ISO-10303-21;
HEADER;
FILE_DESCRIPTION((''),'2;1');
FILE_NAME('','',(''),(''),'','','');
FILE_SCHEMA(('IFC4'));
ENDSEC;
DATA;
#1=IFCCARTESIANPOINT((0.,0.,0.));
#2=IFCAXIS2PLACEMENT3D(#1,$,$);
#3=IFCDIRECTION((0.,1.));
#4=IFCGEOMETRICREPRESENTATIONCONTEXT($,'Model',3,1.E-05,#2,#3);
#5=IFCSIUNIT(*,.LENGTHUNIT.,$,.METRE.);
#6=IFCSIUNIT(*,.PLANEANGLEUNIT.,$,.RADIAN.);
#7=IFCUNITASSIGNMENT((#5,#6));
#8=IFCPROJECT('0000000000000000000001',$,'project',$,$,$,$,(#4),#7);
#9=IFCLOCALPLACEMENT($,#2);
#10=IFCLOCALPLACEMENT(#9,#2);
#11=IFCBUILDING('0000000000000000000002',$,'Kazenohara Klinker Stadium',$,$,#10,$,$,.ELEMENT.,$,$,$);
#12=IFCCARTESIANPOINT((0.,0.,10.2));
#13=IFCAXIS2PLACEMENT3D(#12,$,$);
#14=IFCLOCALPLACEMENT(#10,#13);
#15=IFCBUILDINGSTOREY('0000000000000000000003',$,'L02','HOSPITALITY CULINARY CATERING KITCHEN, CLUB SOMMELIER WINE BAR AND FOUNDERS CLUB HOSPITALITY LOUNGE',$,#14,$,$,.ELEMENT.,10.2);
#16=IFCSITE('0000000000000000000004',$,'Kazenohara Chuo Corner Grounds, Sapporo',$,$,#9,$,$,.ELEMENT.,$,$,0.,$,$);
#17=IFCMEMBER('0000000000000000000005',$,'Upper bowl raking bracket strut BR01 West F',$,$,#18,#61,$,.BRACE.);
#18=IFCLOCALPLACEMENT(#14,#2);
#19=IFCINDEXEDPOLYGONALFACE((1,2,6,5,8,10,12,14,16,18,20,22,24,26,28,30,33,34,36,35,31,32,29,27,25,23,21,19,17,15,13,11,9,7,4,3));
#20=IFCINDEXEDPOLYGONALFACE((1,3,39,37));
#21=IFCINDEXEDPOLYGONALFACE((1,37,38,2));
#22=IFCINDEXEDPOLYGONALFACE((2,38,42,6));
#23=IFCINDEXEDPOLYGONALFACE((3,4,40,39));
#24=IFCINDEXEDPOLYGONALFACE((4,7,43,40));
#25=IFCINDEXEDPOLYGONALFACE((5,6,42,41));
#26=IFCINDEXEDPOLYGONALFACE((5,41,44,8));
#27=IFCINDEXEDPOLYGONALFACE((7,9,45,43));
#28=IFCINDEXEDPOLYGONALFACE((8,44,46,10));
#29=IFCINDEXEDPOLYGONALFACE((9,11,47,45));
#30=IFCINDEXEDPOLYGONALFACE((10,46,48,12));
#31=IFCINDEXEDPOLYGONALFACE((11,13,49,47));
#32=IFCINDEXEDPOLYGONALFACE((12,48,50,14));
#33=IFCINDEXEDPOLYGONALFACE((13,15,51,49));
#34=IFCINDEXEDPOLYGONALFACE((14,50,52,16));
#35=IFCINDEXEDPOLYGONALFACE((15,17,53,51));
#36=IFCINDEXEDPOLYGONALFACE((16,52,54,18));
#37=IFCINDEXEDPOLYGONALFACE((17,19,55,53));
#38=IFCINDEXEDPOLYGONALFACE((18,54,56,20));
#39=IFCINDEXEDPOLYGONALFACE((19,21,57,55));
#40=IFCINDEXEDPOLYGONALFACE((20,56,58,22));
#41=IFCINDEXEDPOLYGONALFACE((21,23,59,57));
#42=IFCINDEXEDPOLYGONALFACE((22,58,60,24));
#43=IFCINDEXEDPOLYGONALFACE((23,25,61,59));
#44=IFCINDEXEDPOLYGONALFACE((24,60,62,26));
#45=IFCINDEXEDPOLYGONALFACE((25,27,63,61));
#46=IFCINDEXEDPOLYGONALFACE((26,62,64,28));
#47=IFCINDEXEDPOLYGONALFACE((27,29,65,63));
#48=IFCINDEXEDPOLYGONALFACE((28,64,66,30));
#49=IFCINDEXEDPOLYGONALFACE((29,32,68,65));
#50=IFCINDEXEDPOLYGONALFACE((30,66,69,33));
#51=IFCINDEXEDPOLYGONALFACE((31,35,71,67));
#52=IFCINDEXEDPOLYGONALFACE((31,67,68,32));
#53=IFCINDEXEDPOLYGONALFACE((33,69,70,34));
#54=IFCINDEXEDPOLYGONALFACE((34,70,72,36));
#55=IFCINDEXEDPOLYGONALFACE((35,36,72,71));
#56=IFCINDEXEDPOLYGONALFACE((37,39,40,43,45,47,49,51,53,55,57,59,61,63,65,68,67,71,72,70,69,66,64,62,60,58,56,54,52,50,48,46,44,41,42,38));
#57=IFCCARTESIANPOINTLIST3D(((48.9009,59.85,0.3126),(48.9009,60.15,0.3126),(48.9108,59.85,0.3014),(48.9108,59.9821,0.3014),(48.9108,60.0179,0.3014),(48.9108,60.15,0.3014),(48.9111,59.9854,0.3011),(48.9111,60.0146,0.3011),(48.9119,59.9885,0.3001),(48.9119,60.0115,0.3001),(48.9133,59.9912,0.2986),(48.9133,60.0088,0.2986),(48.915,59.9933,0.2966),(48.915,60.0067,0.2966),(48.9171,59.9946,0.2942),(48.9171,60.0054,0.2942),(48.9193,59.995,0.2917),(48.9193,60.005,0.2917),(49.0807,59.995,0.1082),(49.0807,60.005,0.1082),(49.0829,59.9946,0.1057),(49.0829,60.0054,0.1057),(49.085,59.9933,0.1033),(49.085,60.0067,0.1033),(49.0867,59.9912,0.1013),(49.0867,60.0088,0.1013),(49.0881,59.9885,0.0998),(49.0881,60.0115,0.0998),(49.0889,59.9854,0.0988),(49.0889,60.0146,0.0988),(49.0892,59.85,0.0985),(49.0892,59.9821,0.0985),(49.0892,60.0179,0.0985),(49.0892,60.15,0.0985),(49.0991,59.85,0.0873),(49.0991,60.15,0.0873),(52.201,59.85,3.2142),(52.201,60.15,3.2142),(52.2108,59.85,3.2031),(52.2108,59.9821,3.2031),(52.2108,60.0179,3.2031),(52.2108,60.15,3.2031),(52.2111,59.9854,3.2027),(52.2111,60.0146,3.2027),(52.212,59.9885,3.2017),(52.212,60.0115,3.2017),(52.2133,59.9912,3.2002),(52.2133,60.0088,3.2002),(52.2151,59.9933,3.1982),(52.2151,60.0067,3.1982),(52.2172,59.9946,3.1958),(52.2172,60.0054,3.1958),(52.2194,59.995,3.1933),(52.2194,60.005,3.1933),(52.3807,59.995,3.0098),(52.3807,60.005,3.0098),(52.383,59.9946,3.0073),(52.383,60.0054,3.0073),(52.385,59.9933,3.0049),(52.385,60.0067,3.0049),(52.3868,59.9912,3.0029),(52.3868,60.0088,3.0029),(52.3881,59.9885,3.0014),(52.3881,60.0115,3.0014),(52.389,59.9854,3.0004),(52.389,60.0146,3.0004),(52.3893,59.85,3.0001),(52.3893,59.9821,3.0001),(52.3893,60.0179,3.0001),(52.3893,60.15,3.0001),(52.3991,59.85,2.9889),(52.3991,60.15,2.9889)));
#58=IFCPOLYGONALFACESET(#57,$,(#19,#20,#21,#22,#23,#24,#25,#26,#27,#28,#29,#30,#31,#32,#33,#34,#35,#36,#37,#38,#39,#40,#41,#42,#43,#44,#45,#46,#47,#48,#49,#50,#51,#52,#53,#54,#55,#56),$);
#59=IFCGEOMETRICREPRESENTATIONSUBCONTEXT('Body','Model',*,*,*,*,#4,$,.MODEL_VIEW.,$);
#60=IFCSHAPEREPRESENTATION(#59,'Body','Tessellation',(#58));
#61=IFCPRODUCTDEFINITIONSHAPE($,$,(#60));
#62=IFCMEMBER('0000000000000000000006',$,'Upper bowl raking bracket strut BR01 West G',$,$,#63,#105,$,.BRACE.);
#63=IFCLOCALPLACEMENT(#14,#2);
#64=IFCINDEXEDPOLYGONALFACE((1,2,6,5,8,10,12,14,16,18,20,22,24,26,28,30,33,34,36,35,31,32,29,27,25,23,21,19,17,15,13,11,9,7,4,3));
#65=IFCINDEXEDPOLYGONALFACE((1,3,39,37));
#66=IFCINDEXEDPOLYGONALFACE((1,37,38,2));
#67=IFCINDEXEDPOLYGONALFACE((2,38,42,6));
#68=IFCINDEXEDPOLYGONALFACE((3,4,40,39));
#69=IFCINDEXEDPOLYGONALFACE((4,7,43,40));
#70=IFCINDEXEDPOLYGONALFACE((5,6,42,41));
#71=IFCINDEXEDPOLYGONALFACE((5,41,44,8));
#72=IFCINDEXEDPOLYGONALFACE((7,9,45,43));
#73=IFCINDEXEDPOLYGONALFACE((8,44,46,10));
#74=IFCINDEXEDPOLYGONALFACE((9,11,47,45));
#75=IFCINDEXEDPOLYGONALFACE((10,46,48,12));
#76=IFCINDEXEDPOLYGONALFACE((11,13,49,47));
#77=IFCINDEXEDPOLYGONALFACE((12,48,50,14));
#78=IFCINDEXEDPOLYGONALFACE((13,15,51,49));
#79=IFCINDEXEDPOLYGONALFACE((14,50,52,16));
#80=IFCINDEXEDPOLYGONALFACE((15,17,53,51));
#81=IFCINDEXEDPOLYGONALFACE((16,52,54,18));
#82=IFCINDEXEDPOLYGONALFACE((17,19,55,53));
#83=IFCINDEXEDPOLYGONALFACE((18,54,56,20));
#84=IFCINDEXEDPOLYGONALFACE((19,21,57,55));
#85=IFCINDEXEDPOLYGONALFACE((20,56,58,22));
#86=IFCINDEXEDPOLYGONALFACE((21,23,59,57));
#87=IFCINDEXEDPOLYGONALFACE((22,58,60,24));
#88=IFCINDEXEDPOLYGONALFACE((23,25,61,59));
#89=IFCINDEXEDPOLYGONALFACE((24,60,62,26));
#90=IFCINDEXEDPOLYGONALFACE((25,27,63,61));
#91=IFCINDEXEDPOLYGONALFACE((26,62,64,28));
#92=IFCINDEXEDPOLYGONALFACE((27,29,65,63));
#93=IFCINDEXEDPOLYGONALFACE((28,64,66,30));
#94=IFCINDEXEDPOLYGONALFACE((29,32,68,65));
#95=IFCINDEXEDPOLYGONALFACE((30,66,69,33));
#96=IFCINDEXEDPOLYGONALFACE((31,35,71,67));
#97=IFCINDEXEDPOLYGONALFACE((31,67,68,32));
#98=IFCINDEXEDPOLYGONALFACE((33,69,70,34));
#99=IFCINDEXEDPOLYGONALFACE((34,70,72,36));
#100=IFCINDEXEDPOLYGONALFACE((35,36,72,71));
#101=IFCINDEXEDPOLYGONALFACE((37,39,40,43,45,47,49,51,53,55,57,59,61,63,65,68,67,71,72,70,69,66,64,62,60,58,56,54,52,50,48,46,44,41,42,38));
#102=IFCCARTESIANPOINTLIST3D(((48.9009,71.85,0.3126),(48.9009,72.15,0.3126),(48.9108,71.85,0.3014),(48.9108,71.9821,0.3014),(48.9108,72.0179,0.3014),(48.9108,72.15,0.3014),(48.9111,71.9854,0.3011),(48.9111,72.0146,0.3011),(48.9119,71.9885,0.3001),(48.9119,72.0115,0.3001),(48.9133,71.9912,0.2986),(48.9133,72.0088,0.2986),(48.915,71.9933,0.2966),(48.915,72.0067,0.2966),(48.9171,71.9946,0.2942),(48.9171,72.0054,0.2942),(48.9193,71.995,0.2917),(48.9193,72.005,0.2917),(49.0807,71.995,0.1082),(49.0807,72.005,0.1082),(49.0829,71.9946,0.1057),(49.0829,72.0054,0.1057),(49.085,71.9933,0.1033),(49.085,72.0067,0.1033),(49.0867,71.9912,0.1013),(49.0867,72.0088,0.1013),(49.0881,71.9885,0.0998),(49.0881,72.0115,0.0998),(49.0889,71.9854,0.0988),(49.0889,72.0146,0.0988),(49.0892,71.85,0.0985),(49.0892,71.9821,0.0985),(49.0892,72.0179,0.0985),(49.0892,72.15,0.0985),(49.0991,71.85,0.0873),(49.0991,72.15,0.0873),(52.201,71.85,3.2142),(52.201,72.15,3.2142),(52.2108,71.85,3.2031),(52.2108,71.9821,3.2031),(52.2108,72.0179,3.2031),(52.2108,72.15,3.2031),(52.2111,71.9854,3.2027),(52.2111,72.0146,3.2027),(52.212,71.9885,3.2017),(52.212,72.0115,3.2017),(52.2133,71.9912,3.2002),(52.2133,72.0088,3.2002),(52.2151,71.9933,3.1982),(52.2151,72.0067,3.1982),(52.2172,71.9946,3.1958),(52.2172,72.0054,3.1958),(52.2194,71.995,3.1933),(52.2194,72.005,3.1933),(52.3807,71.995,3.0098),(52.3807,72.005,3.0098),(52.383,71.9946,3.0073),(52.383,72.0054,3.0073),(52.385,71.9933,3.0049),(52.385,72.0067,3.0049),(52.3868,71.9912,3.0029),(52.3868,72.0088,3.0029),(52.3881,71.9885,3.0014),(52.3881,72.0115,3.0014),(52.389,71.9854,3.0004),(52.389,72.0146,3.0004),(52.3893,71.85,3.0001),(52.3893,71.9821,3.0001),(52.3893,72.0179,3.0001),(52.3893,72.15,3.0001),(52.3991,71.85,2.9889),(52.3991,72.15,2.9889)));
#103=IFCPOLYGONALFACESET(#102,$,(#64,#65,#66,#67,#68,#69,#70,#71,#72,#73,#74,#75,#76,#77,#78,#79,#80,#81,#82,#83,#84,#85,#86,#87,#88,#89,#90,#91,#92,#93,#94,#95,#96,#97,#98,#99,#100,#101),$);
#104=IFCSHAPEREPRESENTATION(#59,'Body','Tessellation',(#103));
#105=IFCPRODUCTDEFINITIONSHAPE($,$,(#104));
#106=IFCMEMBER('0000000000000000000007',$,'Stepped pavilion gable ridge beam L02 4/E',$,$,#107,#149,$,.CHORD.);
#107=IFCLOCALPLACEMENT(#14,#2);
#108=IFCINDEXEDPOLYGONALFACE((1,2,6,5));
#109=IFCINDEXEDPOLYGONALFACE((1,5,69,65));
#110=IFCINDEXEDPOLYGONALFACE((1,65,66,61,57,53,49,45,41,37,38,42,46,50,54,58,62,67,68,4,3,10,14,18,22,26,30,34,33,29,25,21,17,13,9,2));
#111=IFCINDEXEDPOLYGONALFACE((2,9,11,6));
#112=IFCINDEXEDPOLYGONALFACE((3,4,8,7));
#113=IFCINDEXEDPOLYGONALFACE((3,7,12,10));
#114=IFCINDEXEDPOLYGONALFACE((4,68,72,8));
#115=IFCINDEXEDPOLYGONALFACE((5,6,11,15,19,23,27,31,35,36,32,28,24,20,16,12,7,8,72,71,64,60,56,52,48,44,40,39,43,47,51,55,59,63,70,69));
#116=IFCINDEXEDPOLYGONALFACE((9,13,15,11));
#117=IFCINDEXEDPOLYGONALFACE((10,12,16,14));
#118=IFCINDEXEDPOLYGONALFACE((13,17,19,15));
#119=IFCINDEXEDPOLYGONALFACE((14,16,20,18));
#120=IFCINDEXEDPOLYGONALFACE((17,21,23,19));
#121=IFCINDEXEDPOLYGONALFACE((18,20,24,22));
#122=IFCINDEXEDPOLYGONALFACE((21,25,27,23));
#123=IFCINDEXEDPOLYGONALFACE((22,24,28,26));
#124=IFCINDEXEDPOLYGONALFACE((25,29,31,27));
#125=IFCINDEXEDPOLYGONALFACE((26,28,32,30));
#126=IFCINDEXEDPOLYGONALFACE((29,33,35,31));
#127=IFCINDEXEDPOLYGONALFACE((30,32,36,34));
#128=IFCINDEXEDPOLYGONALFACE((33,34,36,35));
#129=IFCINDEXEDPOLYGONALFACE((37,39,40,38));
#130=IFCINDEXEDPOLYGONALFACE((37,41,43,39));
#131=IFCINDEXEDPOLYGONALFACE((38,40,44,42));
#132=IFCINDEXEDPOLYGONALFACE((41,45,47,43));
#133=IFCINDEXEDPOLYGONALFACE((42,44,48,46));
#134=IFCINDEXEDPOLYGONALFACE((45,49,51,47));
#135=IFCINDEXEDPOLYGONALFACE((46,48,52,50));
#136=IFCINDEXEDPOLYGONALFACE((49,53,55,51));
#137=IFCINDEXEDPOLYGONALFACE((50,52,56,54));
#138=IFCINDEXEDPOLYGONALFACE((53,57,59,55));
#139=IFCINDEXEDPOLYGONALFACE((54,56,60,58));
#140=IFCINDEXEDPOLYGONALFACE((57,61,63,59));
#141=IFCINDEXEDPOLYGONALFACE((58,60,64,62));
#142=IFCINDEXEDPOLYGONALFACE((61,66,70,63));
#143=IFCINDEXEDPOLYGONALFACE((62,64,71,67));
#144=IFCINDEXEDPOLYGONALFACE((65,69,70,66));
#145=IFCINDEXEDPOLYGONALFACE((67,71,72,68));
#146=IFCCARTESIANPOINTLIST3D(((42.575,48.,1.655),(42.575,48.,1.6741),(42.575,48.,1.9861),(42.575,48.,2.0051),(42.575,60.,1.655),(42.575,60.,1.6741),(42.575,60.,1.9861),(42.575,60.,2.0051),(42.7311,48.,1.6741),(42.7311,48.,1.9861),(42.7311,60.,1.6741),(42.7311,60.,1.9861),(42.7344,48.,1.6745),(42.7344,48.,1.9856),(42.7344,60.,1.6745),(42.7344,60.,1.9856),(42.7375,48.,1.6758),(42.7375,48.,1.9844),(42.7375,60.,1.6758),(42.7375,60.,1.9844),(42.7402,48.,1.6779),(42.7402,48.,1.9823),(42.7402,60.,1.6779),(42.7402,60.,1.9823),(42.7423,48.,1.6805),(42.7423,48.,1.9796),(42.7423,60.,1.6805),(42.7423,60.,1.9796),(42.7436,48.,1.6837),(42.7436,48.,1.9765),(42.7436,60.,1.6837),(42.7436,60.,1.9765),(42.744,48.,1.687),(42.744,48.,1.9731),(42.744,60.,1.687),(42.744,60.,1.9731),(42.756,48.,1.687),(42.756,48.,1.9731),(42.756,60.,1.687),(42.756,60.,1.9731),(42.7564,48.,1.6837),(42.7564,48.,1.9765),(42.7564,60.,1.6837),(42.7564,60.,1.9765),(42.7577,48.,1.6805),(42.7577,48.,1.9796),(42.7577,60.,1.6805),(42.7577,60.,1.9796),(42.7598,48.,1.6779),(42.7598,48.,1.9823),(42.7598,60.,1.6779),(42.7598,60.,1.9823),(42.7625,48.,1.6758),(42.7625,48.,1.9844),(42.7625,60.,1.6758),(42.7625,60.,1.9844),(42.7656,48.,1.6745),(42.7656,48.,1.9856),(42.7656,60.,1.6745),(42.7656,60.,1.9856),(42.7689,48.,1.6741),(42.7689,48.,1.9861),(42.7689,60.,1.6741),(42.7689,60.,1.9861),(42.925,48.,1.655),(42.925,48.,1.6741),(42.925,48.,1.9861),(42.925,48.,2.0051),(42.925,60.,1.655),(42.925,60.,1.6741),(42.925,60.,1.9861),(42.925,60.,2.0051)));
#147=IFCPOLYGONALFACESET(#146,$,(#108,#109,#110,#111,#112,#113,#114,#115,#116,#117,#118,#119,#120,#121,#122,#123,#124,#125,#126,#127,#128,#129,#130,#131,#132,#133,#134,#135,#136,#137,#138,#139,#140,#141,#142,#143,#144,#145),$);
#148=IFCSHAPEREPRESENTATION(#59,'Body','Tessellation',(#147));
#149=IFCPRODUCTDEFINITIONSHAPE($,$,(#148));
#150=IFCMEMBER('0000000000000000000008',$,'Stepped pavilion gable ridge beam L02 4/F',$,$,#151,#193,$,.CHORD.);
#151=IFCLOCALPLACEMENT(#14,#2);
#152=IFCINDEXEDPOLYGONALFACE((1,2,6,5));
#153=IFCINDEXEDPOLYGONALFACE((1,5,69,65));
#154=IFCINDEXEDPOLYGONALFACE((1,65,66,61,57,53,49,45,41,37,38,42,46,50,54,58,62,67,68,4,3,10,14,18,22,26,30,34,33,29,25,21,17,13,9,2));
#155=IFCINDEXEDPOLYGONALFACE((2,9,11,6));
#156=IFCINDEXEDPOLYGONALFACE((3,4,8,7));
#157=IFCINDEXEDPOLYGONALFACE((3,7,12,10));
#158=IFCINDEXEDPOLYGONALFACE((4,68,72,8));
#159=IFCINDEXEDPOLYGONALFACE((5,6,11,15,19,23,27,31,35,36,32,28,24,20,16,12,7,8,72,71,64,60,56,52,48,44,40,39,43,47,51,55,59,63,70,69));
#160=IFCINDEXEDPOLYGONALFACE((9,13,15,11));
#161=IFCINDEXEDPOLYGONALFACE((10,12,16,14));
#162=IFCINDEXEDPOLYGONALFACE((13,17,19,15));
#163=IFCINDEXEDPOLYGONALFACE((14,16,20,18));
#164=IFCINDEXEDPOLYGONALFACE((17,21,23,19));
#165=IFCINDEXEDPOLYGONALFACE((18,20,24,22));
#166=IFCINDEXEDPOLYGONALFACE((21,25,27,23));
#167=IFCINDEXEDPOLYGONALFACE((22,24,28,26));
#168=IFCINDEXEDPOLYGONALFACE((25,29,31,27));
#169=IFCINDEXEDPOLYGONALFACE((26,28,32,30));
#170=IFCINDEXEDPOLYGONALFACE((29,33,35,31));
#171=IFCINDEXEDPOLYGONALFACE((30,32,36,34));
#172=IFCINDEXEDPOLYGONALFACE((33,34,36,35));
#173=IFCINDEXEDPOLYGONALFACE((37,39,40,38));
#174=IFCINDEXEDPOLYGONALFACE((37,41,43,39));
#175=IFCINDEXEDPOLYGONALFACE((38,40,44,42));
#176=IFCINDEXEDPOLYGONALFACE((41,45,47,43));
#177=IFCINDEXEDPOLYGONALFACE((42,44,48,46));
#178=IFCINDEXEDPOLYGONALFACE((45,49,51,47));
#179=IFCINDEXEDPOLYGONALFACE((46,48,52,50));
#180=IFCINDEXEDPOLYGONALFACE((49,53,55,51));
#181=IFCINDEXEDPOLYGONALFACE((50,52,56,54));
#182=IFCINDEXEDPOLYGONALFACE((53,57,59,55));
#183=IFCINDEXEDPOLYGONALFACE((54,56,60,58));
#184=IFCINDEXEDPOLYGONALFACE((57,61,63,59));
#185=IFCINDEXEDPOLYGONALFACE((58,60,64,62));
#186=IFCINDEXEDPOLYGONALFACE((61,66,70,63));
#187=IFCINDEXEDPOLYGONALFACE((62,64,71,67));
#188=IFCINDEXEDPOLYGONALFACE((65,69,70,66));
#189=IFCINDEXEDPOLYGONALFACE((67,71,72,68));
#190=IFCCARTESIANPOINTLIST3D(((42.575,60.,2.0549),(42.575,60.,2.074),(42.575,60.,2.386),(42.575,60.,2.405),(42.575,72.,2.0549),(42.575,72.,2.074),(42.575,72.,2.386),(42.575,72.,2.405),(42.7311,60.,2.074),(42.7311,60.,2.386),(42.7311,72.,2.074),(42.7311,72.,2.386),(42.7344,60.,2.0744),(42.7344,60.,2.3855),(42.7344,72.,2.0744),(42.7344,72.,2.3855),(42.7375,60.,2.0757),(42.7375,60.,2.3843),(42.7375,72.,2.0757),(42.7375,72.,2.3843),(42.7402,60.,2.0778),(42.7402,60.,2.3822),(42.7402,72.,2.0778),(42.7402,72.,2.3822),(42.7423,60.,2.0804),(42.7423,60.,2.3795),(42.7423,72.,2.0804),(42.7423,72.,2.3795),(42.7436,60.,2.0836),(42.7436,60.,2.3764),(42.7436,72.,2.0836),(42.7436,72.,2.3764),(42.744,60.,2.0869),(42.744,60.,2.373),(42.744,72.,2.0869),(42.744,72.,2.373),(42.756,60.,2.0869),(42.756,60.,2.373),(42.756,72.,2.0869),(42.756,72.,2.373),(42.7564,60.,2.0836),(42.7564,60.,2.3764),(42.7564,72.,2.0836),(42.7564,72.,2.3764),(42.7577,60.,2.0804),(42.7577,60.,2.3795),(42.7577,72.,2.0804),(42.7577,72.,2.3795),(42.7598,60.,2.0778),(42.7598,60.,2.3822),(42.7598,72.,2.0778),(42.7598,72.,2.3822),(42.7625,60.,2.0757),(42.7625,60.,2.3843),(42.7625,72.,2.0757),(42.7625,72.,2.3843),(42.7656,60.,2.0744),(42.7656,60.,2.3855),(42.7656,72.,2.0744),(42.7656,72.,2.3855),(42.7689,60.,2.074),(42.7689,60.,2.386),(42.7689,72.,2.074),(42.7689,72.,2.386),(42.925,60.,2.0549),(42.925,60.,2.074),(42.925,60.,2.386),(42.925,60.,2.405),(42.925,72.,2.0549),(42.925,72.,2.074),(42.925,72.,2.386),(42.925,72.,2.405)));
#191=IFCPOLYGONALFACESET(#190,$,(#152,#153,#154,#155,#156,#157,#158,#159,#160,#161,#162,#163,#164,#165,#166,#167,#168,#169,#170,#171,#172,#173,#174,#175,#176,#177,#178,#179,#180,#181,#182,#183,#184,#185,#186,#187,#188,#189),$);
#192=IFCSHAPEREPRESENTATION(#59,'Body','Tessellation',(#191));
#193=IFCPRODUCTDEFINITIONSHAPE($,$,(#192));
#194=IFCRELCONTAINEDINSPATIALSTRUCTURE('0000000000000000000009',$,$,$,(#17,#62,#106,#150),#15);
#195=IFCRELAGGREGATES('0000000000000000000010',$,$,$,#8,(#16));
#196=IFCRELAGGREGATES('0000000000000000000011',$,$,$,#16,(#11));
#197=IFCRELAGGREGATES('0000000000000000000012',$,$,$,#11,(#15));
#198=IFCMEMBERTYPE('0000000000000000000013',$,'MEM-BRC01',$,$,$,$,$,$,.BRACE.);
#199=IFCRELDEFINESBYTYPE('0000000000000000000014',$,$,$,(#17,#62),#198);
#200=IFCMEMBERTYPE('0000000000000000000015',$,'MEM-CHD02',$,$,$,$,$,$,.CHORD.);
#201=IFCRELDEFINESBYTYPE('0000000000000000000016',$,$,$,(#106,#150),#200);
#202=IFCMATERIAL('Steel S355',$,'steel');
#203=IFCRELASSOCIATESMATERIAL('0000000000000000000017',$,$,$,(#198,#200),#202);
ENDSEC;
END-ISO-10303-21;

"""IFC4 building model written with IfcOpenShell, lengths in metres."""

from ifc_helpers import new_model, si_unit, direction, frame, origin, origin_2d, place, context, subcontext, project, spatial, i_section, extrude, material, material_profile, profile_set, type_object, element, save


model = new_model("IFC4")

# Units and contexts
model_context = context("Model", 3, precision=1e-05, world=origin(), true_north=direction((0.0, 1.0)))
body_context = subcontext(model_context, "Body", "Model", "MODEL_VIEW")
ifc_project = project(units=[si_unit("LENGTHUNIT", "METRE"), si_unit("PLANEANGLEUNIT", "RADIAN")], contexts=[model_context])

# Site, building, storey
site_placement = place(None, origin())
site = spatial("IfcSite", under=ifc_project, at=site_placement, Name="Kazenohara Chuo Corner Grounds, Sapporo", CompositionType="ELEMENT", RefElevation=0.0)
building_placement = place(site_placement, origin())
building = spatial("IfcBuilding", under=site, at=building_placement, Name="Kazenohara Klinker Stadium", CompositionType="ELEMENT")
storey_placement = place(building_placement, frame((0.0, 0.0, 10.2)))
storey = spatial("IfcBuildingStorey", under=building, at=storey_placement, Name="L02", Description="HOSPITALITY CULINARY CATERING KITCHEN, CLUB SOMMELIER WINE BAR AND FOUNDERS CLUB HOSPITALITY LOUNGE", CompositionType="ELEMENT", Elevation=10.2)

# Shared definitions
ifc_material_1 = material(Name="Steel S355", Category="steel")

# Members
ifc_material_profile_1 = material_profile(ifc_material_1, i_section(OverallWidth=0.3, OverallDepth=0.3, WebThickness=0.01, FlangeThickness=0.0149, FilletRadius=0.0129, at=origin_2d()), Name="H-300x300x10x15")
ifc_profile_set_1 = profile_set([ifc_material_profile_1], Name="Steel S355")
member_type_1 = type_object("IfcMemberType", Name="MEM-BRC01", PredefinedType="BRACE", material=ifc_profile_set_1)
for number, where, z_axis, x_axis, name in (
    (1, (49.0, 60.0, 0.2), (0.750988, 0.0, 0.660316), (0.0, 1.0, 0.0), "Upper bowl raking bracket strut BR01 West F"),
    (2, (49.0, 72.0, 0.2), (0.750988, 0.0, 0.660316), (0.0, 1.0, 0.0), "Upper bowl raking bracket strut BR01 West G"),
):
    element("IfcMember", number, at=place(storey_placement, frame(where, z_axis=z_axis, x_axis=x_axis)), inside=storey, type_object=member_type_1, Name=name, PredefinedType="BRACE", context=body_context, shape_type="SweptSolid", body=[
        extrude(i_section(OverallWidth=0.3, OverallDepth=0.3, WebThickness=0.01, FlangeThickness=0.0149, FilletRadius=0.0129, at=origin_2d()), origin(), (0.0, 0.0, 1.0), 4.3943),
    ])
ifc_material_profile_2 = material_profile(ifc_material_1, i_section(OverallWidth=0.3501, OverallDepth=0.3501, WebThickness=0.012, FlangeThickness=0.019, FilletRadius=0.0129, at=origin_2d()), Name="H-350x350x12x19")
ifc_profile_set_2 = profile_set([ifc_material_profile_2], Name="Steel S355")
member_type_2 = type_object("IfcMemberType", Name="MEM-CHD02", PredefinedType="CHORD", material=ifc_profile_set_2)
for number, where, z_axis, x_axis, name in (
    (3, (42.75, 48.0, 1.8301), (0.0, 1.0, 0.0), (-1.0, 0.0, 0.0), "Stepped pavilion gable ridge beam L02 4/E"),
    (4, (42.75, 60.0, 2.23), (0.0, 1.0, 0.0), (-1.0, 0.0, 0.0), "Stepped pavilion gable ridge beam L02 4/F"),
):
    element("IfcMember", number, at=place(storey_placement, frame(where, z_axis=z_axis, x_axis=x_axis)), inside=storey, type_object=member_type_2, Name=name, PredefinedType="CHORD", context=body_context, shape_type="SweptSolid", body=[
        extrude(i_section(OverallWidth=0.3501, OverallDepth=0.3501, WebThickness=0.012, FlangeThickness=0.019, FilletRadius=0.0129, at=origin_2d()), origin(), (0.0, 0.0, 1.0), 12.0),
    ])

save(model, "model.ifc")
